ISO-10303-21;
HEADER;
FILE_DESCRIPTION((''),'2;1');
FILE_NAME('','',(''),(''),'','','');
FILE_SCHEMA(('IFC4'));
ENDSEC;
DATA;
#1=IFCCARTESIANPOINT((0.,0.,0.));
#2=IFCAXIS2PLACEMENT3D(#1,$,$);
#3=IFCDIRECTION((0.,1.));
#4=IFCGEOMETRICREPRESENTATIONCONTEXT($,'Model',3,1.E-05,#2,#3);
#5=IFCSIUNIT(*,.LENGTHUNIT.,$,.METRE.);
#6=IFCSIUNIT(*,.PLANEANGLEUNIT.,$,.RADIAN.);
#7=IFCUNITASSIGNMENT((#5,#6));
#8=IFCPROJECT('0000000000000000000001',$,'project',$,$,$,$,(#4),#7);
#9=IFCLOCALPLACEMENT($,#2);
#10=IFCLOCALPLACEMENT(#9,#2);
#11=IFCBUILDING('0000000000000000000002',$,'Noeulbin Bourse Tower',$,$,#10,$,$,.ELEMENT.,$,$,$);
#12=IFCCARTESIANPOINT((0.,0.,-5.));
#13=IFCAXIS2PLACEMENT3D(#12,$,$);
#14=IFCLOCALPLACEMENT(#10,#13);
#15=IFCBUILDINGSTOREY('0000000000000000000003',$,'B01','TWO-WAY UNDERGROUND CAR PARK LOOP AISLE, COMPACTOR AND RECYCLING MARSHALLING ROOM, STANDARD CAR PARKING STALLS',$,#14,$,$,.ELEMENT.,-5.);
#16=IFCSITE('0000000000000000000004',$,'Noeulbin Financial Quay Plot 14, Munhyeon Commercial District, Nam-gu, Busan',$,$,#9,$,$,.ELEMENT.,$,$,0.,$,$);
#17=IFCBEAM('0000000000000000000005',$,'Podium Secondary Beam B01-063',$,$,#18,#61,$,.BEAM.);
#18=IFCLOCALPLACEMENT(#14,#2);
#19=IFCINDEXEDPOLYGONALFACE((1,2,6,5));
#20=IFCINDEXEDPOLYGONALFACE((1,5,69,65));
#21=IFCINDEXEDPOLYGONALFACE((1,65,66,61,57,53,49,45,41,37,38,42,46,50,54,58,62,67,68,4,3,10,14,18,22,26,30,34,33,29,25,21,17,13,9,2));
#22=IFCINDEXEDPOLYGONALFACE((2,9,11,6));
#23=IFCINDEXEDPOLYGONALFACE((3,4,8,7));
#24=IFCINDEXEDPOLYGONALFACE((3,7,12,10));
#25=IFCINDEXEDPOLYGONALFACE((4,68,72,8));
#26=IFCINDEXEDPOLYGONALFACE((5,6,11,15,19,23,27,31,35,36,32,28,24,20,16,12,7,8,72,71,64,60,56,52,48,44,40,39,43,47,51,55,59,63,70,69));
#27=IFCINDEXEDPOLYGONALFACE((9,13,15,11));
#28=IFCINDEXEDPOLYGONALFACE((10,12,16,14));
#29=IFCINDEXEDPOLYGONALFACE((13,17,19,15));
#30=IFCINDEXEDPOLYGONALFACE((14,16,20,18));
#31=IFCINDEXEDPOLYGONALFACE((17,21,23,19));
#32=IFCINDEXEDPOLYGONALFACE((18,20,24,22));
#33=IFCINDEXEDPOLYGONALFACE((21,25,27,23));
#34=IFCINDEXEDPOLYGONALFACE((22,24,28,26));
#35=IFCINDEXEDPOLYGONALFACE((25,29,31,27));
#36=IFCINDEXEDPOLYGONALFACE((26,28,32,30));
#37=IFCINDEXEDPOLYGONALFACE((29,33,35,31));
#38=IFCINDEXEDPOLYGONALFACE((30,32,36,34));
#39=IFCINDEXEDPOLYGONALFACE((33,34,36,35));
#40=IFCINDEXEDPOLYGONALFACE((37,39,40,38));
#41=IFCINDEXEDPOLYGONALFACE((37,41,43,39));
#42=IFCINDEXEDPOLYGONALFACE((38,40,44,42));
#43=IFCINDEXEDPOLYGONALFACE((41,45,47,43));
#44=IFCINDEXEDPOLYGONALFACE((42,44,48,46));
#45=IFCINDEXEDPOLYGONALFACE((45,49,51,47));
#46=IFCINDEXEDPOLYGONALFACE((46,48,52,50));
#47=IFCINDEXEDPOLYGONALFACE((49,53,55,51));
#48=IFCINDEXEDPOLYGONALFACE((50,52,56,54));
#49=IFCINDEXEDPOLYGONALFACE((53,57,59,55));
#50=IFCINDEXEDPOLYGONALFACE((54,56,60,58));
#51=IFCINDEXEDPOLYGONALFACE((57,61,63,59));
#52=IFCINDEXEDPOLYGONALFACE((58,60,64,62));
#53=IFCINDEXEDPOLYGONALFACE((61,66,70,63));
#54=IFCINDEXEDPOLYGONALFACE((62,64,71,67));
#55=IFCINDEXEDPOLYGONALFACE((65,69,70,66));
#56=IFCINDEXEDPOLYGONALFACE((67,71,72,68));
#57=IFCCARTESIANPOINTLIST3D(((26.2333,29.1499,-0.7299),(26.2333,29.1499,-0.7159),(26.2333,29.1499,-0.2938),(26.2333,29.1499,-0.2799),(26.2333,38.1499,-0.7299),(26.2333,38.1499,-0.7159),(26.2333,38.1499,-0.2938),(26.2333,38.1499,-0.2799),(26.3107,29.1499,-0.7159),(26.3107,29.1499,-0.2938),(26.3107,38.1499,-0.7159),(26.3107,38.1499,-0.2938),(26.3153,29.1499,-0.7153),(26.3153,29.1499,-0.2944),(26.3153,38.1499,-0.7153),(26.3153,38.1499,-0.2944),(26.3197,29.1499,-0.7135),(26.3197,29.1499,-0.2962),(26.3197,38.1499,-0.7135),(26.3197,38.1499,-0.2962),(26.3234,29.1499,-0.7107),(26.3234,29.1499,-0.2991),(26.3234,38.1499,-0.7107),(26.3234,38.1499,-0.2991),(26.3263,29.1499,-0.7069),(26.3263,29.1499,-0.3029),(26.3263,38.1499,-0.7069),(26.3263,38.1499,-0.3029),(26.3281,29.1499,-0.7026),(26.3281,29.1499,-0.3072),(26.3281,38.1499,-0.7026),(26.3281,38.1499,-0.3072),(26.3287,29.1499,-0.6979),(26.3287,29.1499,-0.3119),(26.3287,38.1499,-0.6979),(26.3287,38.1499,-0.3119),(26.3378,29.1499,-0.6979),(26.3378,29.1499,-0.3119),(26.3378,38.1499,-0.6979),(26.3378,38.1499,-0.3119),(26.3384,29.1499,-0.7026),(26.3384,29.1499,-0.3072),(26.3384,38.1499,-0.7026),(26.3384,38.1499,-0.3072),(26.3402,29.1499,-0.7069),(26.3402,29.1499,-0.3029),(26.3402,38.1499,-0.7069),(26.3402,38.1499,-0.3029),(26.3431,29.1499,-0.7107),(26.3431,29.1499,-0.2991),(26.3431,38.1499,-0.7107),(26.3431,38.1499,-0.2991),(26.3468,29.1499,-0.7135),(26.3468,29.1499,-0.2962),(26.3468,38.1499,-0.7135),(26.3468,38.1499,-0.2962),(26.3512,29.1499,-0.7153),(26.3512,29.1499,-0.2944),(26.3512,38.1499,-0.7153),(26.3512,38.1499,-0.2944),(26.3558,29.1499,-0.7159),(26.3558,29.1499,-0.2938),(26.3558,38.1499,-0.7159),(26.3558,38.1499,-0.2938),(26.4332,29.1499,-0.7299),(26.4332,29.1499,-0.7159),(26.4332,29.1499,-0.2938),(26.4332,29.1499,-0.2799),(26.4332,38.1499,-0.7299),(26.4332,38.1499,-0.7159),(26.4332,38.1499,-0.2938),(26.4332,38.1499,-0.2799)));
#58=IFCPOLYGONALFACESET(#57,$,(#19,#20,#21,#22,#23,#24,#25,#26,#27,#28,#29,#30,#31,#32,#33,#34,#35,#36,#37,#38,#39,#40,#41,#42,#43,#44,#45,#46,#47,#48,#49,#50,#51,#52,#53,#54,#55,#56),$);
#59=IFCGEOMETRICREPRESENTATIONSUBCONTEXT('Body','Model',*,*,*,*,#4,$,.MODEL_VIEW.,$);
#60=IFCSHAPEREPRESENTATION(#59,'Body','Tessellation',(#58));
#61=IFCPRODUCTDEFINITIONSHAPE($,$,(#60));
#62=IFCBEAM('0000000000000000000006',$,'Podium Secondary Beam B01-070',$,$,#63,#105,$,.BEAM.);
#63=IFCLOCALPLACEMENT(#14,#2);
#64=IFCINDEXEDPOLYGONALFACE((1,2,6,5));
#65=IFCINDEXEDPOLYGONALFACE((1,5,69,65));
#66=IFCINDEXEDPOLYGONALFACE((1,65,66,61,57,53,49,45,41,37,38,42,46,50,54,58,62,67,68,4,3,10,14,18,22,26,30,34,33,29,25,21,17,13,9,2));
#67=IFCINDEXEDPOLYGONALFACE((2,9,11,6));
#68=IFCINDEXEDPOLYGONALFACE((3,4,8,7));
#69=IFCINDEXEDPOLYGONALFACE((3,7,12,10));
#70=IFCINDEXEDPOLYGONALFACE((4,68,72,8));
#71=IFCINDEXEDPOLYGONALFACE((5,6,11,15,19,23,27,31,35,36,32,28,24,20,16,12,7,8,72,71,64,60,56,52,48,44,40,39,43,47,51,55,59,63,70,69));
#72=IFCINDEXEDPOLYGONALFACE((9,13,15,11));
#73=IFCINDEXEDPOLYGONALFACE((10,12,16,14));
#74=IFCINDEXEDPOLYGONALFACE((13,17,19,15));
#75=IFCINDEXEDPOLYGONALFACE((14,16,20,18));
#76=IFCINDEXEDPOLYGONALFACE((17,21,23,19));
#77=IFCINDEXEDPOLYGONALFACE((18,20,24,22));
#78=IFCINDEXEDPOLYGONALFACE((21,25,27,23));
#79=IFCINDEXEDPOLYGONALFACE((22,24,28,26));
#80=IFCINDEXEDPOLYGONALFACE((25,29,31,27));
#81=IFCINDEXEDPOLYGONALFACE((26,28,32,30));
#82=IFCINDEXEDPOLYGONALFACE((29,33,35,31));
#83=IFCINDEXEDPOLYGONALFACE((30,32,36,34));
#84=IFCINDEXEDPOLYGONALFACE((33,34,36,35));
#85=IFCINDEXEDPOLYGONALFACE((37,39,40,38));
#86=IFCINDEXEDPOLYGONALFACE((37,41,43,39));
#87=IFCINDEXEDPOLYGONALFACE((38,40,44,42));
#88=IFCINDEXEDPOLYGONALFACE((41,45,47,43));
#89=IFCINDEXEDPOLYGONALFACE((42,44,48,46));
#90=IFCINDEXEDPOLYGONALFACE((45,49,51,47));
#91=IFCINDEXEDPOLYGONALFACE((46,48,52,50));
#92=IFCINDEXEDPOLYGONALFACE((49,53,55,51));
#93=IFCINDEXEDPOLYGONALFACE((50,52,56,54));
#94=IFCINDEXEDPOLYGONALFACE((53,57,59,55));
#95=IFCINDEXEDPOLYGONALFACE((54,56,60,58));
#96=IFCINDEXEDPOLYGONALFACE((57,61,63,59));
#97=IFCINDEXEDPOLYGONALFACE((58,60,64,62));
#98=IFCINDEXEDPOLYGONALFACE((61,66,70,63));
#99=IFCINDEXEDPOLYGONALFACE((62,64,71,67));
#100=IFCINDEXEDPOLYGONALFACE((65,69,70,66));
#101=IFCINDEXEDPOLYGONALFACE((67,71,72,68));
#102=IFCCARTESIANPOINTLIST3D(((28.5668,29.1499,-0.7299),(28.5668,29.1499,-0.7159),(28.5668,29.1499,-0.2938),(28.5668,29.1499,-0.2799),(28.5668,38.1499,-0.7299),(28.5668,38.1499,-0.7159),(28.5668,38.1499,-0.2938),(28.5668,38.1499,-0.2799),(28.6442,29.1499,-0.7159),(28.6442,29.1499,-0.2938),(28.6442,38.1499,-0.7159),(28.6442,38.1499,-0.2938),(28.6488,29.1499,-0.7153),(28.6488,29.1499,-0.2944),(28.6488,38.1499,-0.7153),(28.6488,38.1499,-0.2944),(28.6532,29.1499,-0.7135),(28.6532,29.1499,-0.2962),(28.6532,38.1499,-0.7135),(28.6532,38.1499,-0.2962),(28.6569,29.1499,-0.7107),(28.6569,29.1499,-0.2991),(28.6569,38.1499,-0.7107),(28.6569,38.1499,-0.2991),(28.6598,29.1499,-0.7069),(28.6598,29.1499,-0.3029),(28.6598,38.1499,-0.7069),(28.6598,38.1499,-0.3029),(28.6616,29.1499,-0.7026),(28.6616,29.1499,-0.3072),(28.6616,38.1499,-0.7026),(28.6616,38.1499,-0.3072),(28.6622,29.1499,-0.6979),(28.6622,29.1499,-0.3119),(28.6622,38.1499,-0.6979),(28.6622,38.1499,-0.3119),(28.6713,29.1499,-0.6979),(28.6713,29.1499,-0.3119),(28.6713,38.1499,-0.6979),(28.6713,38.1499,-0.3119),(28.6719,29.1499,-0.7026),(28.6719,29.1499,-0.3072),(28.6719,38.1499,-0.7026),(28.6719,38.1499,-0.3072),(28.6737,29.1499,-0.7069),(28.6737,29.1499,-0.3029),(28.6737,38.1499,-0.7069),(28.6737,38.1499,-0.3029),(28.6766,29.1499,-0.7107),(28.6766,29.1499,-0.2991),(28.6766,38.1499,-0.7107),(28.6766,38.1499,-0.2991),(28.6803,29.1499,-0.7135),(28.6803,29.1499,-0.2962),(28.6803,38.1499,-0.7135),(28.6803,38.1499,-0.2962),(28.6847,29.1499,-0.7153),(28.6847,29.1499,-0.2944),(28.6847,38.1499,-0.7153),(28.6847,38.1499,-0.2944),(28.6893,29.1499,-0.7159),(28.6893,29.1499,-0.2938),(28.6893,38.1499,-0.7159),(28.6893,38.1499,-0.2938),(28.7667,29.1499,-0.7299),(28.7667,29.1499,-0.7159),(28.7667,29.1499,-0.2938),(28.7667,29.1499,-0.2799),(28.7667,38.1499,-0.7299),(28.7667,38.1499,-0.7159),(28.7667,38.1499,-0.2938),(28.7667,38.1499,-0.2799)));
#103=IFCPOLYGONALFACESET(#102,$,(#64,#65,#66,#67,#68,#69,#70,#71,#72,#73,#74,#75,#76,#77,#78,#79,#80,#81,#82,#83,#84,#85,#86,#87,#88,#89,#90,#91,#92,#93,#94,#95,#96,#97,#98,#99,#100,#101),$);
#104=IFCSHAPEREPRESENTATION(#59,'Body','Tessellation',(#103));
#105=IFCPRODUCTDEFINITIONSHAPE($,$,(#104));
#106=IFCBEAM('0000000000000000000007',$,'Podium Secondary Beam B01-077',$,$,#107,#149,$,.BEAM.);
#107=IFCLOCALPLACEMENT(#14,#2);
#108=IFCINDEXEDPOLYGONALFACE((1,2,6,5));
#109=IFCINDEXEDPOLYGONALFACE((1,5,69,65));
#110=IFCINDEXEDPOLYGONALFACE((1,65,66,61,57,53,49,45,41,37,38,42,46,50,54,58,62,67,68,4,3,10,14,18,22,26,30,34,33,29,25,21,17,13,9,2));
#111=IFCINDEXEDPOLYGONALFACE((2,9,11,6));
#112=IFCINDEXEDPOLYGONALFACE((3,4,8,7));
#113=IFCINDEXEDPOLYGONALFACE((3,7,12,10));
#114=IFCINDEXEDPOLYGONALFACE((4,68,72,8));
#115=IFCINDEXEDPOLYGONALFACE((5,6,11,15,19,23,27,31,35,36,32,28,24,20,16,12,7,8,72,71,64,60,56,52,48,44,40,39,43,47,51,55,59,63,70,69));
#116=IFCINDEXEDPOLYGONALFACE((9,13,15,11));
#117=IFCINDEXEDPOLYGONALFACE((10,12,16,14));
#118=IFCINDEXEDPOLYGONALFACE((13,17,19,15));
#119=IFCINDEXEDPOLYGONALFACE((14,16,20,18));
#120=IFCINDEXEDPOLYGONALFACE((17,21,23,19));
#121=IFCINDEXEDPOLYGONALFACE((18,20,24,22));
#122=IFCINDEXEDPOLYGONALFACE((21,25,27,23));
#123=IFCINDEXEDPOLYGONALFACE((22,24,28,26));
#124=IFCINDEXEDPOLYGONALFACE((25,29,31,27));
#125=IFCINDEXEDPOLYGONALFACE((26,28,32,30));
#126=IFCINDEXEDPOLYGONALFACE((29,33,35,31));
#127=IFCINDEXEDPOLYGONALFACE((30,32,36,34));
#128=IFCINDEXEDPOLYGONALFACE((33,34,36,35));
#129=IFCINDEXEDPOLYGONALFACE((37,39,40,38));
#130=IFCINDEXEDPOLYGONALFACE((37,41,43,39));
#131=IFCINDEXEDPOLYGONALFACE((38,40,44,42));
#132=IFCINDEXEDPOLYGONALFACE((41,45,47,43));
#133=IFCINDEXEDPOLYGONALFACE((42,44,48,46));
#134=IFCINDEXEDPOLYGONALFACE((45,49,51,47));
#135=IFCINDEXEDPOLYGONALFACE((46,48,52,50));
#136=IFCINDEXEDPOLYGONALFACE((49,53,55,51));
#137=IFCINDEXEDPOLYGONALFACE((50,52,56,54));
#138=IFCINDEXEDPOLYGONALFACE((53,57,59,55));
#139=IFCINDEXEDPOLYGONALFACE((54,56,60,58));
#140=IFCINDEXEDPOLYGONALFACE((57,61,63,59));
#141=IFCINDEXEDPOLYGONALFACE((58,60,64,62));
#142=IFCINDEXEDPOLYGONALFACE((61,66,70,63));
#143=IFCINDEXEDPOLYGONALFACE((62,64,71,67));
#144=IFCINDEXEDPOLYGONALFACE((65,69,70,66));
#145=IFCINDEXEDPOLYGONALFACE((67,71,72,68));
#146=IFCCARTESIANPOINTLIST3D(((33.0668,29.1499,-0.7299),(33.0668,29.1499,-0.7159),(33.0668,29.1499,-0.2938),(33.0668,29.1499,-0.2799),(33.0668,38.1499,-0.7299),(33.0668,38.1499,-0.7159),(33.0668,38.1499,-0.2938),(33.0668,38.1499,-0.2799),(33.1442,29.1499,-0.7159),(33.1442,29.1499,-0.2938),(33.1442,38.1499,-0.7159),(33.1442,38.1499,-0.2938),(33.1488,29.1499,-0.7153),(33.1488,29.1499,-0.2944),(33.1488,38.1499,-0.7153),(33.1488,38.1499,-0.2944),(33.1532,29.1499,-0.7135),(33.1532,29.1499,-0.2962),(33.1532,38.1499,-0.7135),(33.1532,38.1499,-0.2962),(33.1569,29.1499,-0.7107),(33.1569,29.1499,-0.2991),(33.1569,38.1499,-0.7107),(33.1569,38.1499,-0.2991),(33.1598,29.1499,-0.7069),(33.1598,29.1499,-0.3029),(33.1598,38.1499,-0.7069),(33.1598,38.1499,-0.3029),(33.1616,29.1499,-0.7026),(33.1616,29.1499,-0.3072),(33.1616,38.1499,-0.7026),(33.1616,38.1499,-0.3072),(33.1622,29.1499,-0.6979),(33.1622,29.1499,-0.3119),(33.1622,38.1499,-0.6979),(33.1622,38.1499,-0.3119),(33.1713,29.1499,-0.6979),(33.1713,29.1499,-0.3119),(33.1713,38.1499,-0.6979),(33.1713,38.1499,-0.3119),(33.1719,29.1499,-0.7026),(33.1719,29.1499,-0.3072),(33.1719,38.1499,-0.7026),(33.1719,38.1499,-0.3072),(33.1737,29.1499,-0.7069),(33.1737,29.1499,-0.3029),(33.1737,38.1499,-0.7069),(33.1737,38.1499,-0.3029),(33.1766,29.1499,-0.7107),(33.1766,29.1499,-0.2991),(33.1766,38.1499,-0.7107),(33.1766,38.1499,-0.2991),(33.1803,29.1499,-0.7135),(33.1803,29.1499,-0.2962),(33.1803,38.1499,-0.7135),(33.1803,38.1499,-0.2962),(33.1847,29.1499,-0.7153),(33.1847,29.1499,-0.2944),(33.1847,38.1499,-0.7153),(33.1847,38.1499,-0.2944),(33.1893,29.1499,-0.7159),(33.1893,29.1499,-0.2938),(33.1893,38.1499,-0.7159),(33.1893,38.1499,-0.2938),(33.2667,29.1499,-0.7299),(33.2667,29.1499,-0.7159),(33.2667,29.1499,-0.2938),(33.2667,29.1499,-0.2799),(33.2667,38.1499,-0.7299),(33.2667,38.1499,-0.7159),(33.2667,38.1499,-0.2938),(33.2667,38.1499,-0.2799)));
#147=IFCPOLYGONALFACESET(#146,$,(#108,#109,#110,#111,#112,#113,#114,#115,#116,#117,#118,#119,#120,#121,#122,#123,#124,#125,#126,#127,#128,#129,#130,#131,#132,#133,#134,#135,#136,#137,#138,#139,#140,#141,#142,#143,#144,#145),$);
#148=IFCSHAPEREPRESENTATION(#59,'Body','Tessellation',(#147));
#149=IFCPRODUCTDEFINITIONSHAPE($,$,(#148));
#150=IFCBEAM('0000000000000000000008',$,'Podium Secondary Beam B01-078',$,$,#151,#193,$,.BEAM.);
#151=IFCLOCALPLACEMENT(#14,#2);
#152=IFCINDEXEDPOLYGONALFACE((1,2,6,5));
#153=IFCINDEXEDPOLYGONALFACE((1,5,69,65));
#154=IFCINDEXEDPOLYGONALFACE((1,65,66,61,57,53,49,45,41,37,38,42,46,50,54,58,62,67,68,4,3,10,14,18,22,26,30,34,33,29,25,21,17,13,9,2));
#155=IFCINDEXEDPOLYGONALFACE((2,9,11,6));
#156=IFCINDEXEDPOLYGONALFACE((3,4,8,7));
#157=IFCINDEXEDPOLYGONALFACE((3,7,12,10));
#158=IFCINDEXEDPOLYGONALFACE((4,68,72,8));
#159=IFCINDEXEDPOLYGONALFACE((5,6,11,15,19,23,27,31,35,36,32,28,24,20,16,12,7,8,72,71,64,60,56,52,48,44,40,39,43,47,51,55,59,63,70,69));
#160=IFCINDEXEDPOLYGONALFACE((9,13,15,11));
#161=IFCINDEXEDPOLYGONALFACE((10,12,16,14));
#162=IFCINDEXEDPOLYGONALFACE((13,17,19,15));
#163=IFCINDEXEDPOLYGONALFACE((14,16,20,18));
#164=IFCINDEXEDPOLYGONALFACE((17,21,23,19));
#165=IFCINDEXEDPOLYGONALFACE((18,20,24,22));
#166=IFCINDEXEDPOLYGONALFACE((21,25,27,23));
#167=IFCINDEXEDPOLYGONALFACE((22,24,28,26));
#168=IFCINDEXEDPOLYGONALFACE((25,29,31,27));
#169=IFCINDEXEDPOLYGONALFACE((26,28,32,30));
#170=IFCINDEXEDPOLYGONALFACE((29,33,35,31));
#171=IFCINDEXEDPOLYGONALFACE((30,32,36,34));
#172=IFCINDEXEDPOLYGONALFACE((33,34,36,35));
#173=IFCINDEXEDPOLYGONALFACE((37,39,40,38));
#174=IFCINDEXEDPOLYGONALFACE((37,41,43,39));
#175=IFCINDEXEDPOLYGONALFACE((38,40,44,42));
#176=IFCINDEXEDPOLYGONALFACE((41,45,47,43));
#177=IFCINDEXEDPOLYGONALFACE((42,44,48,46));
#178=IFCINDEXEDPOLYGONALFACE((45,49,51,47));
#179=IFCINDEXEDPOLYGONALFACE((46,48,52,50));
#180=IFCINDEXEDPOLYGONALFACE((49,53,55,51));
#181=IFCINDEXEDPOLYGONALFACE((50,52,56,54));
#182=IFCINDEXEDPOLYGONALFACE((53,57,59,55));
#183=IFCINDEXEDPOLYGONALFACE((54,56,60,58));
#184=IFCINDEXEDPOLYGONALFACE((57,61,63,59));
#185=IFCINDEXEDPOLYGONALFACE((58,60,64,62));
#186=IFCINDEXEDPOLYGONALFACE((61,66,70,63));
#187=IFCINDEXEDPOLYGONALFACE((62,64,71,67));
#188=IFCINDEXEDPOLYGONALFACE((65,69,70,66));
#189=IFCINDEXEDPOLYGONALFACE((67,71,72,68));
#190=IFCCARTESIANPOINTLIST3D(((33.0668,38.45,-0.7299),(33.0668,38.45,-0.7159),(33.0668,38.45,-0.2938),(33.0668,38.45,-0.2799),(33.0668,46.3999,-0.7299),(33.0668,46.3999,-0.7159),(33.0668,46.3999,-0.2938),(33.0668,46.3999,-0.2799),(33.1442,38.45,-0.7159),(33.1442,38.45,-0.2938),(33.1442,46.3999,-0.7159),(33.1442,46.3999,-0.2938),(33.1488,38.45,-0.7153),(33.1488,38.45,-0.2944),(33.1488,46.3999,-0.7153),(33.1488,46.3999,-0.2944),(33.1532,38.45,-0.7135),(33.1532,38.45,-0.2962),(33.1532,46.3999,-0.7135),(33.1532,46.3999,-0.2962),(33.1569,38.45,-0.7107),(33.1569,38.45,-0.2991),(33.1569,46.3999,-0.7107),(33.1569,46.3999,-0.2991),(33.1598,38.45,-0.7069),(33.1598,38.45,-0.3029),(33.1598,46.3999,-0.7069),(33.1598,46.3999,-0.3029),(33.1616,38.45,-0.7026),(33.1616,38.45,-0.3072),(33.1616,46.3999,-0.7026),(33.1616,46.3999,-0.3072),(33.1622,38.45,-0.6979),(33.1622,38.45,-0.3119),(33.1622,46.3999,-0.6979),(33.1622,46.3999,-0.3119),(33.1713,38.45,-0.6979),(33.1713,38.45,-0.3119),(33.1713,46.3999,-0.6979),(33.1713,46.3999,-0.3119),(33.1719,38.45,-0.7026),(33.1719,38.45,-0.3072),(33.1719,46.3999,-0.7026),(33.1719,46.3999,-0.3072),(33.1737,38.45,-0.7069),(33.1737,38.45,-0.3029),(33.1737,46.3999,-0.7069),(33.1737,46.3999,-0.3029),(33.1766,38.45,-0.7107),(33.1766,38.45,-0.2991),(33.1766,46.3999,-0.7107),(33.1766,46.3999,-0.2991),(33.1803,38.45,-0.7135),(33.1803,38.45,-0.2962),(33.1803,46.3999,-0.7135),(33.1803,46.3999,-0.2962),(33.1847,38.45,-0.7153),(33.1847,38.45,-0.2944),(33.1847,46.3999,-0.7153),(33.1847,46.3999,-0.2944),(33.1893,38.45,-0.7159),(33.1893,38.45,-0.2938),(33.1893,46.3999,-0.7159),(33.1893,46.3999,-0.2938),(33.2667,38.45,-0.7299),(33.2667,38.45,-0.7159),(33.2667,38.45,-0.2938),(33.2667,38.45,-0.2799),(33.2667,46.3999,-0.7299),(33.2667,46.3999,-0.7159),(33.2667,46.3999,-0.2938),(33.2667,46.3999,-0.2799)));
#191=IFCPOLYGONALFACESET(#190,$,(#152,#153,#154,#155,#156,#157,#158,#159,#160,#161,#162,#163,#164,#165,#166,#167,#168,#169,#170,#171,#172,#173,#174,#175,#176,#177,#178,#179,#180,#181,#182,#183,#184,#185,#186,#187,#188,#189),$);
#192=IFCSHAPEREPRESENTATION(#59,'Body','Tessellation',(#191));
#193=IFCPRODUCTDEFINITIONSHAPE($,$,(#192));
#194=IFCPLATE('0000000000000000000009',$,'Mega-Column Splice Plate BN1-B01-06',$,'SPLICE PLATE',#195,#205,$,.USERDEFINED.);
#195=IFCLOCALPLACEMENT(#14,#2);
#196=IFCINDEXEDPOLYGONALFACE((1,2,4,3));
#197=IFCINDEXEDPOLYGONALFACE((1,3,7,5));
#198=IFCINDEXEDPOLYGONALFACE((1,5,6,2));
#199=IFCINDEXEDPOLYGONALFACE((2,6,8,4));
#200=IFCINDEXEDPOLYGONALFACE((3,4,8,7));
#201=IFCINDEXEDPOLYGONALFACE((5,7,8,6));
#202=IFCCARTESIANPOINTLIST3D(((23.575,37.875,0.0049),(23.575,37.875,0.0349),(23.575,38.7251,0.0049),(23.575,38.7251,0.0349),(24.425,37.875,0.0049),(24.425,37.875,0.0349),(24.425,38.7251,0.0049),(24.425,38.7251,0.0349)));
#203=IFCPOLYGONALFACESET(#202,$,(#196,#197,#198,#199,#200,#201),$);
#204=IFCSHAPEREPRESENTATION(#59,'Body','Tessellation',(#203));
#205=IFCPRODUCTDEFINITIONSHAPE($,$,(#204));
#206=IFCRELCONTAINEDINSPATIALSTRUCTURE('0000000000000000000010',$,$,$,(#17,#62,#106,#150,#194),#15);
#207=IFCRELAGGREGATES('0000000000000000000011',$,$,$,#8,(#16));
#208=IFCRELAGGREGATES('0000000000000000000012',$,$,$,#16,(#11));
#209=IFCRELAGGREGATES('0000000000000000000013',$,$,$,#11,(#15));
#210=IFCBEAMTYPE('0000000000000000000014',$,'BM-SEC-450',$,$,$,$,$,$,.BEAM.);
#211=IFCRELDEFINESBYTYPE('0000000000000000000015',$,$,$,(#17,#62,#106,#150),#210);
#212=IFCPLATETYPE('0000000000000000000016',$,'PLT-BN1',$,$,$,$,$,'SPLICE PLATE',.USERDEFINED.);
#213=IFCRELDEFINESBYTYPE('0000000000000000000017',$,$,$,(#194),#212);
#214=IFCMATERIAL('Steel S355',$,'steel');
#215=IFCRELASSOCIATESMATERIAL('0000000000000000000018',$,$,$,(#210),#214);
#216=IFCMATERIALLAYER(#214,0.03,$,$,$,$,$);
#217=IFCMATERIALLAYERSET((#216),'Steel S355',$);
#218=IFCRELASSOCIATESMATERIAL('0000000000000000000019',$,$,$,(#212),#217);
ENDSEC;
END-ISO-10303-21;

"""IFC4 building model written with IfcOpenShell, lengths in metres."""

from ifc_helpers import new_model, si_unit, direction, frame, origin, origin_2d, place, context, subcontext, project, spatial, rectangle, i_section, extrude, material, layer, layer_set, material_profile, profile_set, type_object, element, save


model = new_model("IFC4")

# Units and contexts
model_context = context("Model", 3, precision=1e-05, world=origin(), true_north=direction((0.0, 1.0)))
body_context = subcontext(model_context, "Body", "Model", "MODEL_VIEW")
ifc_project = project(units=[si_unit("LENGTHUNIT", "METRE"), si_unit("PLANEANGLEUNIT", "RADIAN")], contexts=[model_context])

# Site, building, storey
site_placement = place(None, origin())
site = spatial("IfcSite", under=ifc_project, at=site_placement, Name="Noeulbin Financial Quay Plot 14, Munhyeon Commercial District, Nam-gu, Busan", CompositionType="ELEMENT", RefElevation=0.0)
building_placement = place(site_placement, origin())
building = spatial("IfcBuilding", under=site, at=building_placement, Name="Noeulbin Bourse Tower", CompositionType="ELEMENT")
storey_placement = place(building_placement, frame((0.0, 0.0, -5.0)))
storey = spatial("IfcBuildingStorey", under=building, at=storey_placement, Name="B01", Description="TWO-WAY UNDERGROUND CAR PARK LOOP AISLE, COMPACTOR AND RECYCLING MARSHALLING ROOM, STANDARD CAR PARKING STALLS", CompositionType="ELEMENT", Elevation=-5.0)

# Beams
ifc_material_1 = material(Name="Steel S355", Category="steel")
ifc_material_profile_1 = material_profile(ifc_material_1, i_section(OverallWidth=0.2, OverallDepth=0.45, WebThickness=0.009, FlangeThickness=0.0139, FilletRadius=0.0181, at=origin_2d()), Name="H-450x200x9x14", Category="LoadBearing")
ifc_profile_set_1 = profile_set([ifc_material_profile_1], Name="Steel S355")
beam_type_1 = type_object("IfcBeamType", Name="BM-SEC-450", PredefinedType="BEAM", material=ifc_profile_set_1)
for number, where, z_axis, x_axis, name in (
    (1, (26.3333, 29.1499, -0.5049), (0.0, 1.0, 0.0), (-1.0, 0.0, 0.0), "Podium Secondary Beam B01-063"),
    (2, (28.6667, 29.1499, -0.5049), (0.0, 1.0, 0.0), (-1.0, 0.0, 0.0), "Podium Secondary Beam B01-070"),
    (3, (33.1667, 29.1499, -0.5049), (0.0, 1.0, 0.0), (-1.0, 0.0, 0.0), "Podium Secondary Beam B01-077"),
):
    element("IfcBeam", number, at=place(storey_placement, frame(where, z_axis=z_axis, x_axis=x_axis)), inside=storey, type_object=beam_type_1, Name=name, PredefinedType="BEAM", context=body_context, shape_type="SweptSolid", body=[
        extrude(i_section(OverallWidth=0.2, OverallDepth=0.45, WebThickness=0.009, FlangeThickness=0.0139, FilletRadius=0.0181, at=origin_2d()), origin(), (0.0, 0.0, 1.0), 9.0),
    ])
beam_1_placement = place(storey_placement, frame((33.1667, 38.45, -0.5049), z_axis=(0.0, 1.0, 0.0), x_axis=(-1.0, 0.0, 0.0)))
element("IfcBeam", 4, at=beam_1_placement, inside=storey, type_object=beam_type_1, Name="Podium Secondary Beam B01-078", PredefinedType="BEAM", context=body_context, shape_type="SweptSolid", body=[
    extrude(i_section(OverallWidth=0.2, OverallDepth=0.45, WebThickness=0.009, FlangeThickness=0.0139, FilletRadius=0.0181, at=origin_2d()), origin(), (0.0, 0.0, 1.0), 7.95),
])

# Plate
ifc_layer_1 = layer(ifc_material_1, 0.03)
ifc_layer_set_1 = layer_set([ifc_layer_1], Name="Steel S355")
plate_type = type_object("IfcPlateType", Name="PLT-BN1", ElementType="SPLICE PLATE", PredefinedType="USERDEFINED", material=ifc_layer_set_1)
for number, where, z_axis, x_axis, name in (
    (5, (24.0, 38.3, 0.0049), (0.0, 0.0, 1.0), (1.0, 0.0, 0.0), "Mega-Column Splice Plate BN1-B01-06"),
):
    element("IfcPlate", number, at=place(storey_placement, frame(where, z_axis=z_axis, x_axis=x_axis)), inside=storey, type_object=plate_type, Name=name, ObjectType="SPLICE PLATE", PredefinedType="USERDEFINED", context=body_context, shape_type="SweptSolid", body=[
        extrude(rectangle(XDim=0.8501, YDim=0.8501, at=origin_2d()), origin(), (0.0, 0.0, 1.0), 0.03),
    ])

save(model, "model.ifc")
